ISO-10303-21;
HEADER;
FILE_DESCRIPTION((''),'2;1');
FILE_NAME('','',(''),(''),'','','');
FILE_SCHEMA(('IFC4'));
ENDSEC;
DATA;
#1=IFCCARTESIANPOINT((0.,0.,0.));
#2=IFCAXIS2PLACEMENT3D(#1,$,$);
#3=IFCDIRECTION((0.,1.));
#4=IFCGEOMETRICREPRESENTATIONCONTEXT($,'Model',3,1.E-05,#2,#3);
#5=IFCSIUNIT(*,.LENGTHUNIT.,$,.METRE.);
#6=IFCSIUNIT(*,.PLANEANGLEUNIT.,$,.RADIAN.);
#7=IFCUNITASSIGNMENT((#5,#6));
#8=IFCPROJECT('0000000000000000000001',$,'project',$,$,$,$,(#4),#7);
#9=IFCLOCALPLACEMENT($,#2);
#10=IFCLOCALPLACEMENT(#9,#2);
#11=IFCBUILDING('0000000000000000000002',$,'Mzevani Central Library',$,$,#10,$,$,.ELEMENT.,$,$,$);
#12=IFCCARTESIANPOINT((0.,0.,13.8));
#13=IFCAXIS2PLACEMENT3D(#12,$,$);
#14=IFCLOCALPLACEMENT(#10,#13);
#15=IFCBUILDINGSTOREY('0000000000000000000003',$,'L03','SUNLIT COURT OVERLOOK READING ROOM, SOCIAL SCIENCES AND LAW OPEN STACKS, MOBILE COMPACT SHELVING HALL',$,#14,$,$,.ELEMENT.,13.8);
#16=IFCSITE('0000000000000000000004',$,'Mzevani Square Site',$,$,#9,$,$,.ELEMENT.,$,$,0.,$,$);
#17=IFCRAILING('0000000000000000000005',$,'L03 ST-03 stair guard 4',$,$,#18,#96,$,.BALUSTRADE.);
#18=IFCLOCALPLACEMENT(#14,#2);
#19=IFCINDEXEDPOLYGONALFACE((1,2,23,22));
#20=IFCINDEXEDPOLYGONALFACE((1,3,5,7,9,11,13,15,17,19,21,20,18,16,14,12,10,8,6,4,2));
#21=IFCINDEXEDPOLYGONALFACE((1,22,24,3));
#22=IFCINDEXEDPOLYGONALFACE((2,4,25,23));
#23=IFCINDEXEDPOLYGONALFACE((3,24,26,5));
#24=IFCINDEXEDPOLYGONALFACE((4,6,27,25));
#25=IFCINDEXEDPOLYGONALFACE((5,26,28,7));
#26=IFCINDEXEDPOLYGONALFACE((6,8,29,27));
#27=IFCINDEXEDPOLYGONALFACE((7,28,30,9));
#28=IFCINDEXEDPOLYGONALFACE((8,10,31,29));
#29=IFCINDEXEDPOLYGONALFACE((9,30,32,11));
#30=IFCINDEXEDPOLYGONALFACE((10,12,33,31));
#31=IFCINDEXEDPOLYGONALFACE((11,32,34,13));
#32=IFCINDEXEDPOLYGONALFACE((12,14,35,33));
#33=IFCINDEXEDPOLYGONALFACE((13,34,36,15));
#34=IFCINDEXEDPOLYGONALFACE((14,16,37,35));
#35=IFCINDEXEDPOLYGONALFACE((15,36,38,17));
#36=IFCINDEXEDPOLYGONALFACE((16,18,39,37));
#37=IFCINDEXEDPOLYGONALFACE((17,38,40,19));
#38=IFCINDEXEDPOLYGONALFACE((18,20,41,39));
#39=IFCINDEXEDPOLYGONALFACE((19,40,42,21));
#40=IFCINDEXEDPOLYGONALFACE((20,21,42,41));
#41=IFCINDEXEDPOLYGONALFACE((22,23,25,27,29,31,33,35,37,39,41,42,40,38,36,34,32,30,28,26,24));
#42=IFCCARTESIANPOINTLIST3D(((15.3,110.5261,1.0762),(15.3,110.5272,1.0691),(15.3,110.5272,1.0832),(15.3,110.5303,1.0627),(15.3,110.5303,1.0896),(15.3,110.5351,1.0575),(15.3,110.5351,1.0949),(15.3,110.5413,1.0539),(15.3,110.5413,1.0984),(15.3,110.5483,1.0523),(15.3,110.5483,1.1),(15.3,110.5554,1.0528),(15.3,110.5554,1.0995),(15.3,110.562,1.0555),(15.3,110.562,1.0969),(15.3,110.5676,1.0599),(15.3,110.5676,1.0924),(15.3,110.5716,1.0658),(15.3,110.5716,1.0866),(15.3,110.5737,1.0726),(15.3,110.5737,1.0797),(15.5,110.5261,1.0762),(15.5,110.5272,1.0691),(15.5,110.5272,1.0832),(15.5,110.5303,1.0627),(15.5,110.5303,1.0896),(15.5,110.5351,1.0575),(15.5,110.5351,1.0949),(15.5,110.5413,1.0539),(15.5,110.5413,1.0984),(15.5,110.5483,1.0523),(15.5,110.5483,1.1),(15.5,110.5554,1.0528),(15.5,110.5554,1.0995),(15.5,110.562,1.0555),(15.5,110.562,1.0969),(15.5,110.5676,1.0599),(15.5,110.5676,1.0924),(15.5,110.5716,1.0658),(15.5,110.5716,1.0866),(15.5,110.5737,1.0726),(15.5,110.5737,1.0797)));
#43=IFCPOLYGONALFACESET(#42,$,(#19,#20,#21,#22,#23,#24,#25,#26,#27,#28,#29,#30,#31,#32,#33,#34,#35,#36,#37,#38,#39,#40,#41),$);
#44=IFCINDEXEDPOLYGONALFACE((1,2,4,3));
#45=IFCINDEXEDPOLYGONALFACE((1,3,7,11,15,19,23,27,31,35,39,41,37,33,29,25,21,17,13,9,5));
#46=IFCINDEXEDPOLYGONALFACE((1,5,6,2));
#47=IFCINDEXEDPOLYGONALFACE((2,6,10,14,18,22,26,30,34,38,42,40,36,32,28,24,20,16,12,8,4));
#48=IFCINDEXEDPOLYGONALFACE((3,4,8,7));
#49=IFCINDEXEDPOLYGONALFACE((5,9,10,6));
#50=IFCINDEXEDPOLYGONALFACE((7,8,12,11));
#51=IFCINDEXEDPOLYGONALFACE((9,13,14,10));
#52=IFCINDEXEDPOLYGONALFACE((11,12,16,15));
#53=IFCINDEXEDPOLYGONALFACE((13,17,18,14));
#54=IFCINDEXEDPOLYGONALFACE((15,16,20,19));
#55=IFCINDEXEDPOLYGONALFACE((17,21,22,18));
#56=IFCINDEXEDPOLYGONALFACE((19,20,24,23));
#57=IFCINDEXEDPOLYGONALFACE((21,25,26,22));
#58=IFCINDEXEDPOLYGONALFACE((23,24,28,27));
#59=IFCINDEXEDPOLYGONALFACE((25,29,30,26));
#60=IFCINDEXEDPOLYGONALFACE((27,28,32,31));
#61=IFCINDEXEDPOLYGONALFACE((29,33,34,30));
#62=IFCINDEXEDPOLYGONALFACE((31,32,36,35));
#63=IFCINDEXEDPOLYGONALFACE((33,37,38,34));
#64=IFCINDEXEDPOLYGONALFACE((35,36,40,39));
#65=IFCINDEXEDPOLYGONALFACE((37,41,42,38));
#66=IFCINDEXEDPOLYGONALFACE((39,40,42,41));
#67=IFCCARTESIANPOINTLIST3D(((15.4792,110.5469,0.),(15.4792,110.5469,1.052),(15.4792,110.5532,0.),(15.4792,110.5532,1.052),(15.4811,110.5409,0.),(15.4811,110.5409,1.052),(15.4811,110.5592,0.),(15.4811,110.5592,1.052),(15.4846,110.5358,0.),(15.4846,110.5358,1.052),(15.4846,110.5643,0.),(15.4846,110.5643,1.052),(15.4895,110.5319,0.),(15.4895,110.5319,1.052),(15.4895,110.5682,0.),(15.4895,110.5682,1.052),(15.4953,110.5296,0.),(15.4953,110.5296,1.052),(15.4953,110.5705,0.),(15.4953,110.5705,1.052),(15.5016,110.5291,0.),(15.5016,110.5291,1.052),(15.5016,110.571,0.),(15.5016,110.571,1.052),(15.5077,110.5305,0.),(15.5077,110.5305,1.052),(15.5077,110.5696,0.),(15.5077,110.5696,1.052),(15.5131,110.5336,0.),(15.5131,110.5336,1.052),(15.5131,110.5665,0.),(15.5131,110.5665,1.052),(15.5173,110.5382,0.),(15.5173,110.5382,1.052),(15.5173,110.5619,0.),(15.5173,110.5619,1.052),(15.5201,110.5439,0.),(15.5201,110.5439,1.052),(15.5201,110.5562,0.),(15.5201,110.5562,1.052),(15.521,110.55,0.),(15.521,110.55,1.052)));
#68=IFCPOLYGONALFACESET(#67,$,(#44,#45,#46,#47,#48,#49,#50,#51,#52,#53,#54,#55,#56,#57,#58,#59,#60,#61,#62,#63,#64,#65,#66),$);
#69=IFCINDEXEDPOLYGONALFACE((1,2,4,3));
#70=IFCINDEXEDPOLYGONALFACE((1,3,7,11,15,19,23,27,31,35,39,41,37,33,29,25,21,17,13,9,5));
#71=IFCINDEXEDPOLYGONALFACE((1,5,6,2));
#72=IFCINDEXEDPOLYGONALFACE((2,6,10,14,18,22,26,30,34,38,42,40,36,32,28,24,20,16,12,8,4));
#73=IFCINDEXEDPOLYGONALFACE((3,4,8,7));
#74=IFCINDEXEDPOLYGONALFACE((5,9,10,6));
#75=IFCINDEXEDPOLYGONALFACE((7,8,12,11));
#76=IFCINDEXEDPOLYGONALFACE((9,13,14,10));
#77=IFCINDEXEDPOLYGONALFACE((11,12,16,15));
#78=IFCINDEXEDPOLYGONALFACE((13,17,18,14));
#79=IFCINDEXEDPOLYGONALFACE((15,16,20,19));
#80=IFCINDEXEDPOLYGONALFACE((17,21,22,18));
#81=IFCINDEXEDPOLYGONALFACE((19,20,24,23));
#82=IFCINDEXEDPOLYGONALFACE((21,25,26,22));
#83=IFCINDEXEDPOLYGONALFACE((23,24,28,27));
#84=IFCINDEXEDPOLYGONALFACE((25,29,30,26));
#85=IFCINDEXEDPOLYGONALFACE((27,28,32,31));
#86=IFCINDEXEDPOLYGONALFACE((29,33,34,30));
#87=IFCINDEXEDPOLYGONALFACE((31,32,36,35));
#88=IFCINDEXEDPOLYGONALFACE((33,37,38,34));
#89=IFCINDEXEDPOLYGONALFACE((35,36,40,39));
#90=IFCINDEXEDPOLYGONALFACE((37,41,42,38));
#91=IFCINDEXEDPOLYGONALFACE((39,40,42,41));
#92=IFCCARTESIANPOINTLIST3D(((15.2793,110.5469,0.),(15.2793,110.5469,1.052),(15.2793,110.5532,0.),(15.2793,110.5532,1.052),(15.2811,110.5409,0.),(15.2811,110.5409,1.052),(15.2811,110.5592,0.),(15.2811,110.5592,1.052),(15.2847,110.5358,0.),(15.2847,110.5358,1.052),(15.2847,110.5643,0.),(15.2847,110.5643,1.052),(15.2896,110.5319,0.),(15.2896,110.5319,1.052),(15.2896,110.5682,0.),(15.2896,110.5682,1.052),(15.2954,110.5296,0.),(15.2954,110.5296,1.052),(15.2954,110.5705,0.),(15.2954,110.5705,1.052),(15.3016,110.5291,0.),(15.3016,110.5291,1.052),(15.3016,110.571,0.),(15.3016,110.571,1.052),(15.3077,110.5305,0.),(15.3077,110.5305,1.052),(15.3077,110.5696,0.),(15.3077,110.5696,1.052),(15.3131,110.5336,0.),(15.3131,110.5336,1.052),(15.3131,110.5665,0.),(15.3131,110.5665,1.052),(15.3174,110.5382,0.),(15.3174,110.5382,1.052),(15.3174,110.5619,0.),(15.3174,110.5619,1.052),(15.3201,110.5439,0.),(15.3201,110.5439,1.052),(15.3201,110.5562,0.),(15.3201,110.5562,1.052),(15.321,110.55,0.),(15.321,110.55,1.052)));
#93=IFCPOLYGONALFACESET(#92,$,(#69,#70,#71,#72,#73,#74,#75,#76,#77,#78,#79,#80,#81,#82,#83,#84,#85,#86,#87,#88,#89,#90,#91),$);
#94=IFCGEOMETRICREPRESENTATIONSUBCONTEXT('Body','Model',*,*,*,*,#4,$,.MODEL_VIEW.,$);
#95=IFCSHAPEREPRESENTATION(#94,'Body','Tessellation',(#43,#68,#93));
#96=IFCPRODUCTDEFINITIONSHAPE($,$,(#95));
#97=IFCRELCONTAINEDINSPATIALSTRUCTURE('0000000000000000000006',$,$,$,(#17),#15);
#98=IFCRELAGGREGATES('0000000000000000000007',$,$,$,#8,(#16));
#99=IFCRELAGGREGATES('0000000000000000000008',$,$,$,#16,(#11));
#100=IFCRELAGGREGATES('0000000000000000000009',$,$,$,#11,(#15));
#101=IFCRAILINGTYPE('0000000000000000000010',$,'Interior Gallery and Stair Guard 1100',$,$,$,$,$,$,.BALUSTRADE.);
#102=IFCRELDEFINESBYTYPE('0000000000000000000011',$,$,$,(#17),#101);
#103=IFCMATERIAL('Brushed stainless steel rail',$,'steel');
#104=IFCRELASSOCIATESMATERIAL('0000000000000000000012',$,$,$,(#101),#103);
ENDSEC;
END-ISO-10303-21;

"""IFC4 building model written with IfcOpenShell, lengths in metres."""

from ifc_helpers import new_model, si_unit, direction, frame, origin, origin_2d, place, context, subcontext, project, spatial, circle, extrude, material, type_object, element, save


model = new_model("IFC4")

# Units and contexts
model_context = context("Model", 3, precision=1e-05, world=origin(), true_north=direction((0.0, 1.0)))
body_context = subcontext(model_context, "Body", "Model", "MODEL_VIEW")
ifc_project = project(units=[si_unit("LENGTHUNIT", "METRE"), si_unit("PLANEANGLEUNIT", "RADIAN")], contexts=[model_context])

# Site, building, storey
site_placement = place(None, origin())
site = spatial("IfcSite", under=ifc_project, at=site_placement, Name="Mzevani Square Site", CompositionType="ELEMENT", RefElevation=0.0)
building_placement = place(site_placement, origin())
building = spatial("IfcBuilding", under=site, at=building_placement, Name="Mzevani Central Library", CompositionType="ELEMENT")
storey_placement = place(building_placement, frame((0.0, 0.0, 13.8)))
storey = spatial("IfcBuildingStorey", under=building, at=storey_placement, Name="L03", Description="SUNLIT COURT OVERLOOK READING ROOM, SOCIAL SCIENCES AND LAW OPEN STACKS, MOBILE COMPACT SHELVING HALL", CompositionType="ELEMENT", Elevation=13.8)

# Railing
ifc_material_1 = material(Name="Brushed stainless steel rail", Category="steel")
railing_type_1 = type_object("IfcRailingType", Name="Interior Gallery and Stair Guard 1100", PredefinedType="BALUSTRADE", material=ifc_material_1)
railing_1_placement = place(storey_placement, frame((15.5, 110.55, 0.0)))
element("IfcRailing", 1, at=railing_1_placement, inside=storey, type_object=railing_type_1, Name="L03 ST-03 stair guard 4", PredefinedType="BALUSTRADE", context=body_context, shape_type="SweptSolid", body=[
    extrude(circle(Radius=0.0239, at=origin_2d()), frame((0.0, 0.0, 1.0762), z_axis=(-1.0, 0.0, 0.0), x_axis=(0.0, -1.0, 0.0)), (0.0, 0.0, 1.0), 0.2),
    extrude(circle(Radius=0.021, at=origin_2d()), origin(), (0.0, 0.0, 1.0), 1.052),
    extrude(circle(Radius=0.021, at=origin_2d()), frame((-0.2, 0.0, 0.0)), (0.0, 0.0, 1.0), 1.052),
])

save(model, "model.ifc")
